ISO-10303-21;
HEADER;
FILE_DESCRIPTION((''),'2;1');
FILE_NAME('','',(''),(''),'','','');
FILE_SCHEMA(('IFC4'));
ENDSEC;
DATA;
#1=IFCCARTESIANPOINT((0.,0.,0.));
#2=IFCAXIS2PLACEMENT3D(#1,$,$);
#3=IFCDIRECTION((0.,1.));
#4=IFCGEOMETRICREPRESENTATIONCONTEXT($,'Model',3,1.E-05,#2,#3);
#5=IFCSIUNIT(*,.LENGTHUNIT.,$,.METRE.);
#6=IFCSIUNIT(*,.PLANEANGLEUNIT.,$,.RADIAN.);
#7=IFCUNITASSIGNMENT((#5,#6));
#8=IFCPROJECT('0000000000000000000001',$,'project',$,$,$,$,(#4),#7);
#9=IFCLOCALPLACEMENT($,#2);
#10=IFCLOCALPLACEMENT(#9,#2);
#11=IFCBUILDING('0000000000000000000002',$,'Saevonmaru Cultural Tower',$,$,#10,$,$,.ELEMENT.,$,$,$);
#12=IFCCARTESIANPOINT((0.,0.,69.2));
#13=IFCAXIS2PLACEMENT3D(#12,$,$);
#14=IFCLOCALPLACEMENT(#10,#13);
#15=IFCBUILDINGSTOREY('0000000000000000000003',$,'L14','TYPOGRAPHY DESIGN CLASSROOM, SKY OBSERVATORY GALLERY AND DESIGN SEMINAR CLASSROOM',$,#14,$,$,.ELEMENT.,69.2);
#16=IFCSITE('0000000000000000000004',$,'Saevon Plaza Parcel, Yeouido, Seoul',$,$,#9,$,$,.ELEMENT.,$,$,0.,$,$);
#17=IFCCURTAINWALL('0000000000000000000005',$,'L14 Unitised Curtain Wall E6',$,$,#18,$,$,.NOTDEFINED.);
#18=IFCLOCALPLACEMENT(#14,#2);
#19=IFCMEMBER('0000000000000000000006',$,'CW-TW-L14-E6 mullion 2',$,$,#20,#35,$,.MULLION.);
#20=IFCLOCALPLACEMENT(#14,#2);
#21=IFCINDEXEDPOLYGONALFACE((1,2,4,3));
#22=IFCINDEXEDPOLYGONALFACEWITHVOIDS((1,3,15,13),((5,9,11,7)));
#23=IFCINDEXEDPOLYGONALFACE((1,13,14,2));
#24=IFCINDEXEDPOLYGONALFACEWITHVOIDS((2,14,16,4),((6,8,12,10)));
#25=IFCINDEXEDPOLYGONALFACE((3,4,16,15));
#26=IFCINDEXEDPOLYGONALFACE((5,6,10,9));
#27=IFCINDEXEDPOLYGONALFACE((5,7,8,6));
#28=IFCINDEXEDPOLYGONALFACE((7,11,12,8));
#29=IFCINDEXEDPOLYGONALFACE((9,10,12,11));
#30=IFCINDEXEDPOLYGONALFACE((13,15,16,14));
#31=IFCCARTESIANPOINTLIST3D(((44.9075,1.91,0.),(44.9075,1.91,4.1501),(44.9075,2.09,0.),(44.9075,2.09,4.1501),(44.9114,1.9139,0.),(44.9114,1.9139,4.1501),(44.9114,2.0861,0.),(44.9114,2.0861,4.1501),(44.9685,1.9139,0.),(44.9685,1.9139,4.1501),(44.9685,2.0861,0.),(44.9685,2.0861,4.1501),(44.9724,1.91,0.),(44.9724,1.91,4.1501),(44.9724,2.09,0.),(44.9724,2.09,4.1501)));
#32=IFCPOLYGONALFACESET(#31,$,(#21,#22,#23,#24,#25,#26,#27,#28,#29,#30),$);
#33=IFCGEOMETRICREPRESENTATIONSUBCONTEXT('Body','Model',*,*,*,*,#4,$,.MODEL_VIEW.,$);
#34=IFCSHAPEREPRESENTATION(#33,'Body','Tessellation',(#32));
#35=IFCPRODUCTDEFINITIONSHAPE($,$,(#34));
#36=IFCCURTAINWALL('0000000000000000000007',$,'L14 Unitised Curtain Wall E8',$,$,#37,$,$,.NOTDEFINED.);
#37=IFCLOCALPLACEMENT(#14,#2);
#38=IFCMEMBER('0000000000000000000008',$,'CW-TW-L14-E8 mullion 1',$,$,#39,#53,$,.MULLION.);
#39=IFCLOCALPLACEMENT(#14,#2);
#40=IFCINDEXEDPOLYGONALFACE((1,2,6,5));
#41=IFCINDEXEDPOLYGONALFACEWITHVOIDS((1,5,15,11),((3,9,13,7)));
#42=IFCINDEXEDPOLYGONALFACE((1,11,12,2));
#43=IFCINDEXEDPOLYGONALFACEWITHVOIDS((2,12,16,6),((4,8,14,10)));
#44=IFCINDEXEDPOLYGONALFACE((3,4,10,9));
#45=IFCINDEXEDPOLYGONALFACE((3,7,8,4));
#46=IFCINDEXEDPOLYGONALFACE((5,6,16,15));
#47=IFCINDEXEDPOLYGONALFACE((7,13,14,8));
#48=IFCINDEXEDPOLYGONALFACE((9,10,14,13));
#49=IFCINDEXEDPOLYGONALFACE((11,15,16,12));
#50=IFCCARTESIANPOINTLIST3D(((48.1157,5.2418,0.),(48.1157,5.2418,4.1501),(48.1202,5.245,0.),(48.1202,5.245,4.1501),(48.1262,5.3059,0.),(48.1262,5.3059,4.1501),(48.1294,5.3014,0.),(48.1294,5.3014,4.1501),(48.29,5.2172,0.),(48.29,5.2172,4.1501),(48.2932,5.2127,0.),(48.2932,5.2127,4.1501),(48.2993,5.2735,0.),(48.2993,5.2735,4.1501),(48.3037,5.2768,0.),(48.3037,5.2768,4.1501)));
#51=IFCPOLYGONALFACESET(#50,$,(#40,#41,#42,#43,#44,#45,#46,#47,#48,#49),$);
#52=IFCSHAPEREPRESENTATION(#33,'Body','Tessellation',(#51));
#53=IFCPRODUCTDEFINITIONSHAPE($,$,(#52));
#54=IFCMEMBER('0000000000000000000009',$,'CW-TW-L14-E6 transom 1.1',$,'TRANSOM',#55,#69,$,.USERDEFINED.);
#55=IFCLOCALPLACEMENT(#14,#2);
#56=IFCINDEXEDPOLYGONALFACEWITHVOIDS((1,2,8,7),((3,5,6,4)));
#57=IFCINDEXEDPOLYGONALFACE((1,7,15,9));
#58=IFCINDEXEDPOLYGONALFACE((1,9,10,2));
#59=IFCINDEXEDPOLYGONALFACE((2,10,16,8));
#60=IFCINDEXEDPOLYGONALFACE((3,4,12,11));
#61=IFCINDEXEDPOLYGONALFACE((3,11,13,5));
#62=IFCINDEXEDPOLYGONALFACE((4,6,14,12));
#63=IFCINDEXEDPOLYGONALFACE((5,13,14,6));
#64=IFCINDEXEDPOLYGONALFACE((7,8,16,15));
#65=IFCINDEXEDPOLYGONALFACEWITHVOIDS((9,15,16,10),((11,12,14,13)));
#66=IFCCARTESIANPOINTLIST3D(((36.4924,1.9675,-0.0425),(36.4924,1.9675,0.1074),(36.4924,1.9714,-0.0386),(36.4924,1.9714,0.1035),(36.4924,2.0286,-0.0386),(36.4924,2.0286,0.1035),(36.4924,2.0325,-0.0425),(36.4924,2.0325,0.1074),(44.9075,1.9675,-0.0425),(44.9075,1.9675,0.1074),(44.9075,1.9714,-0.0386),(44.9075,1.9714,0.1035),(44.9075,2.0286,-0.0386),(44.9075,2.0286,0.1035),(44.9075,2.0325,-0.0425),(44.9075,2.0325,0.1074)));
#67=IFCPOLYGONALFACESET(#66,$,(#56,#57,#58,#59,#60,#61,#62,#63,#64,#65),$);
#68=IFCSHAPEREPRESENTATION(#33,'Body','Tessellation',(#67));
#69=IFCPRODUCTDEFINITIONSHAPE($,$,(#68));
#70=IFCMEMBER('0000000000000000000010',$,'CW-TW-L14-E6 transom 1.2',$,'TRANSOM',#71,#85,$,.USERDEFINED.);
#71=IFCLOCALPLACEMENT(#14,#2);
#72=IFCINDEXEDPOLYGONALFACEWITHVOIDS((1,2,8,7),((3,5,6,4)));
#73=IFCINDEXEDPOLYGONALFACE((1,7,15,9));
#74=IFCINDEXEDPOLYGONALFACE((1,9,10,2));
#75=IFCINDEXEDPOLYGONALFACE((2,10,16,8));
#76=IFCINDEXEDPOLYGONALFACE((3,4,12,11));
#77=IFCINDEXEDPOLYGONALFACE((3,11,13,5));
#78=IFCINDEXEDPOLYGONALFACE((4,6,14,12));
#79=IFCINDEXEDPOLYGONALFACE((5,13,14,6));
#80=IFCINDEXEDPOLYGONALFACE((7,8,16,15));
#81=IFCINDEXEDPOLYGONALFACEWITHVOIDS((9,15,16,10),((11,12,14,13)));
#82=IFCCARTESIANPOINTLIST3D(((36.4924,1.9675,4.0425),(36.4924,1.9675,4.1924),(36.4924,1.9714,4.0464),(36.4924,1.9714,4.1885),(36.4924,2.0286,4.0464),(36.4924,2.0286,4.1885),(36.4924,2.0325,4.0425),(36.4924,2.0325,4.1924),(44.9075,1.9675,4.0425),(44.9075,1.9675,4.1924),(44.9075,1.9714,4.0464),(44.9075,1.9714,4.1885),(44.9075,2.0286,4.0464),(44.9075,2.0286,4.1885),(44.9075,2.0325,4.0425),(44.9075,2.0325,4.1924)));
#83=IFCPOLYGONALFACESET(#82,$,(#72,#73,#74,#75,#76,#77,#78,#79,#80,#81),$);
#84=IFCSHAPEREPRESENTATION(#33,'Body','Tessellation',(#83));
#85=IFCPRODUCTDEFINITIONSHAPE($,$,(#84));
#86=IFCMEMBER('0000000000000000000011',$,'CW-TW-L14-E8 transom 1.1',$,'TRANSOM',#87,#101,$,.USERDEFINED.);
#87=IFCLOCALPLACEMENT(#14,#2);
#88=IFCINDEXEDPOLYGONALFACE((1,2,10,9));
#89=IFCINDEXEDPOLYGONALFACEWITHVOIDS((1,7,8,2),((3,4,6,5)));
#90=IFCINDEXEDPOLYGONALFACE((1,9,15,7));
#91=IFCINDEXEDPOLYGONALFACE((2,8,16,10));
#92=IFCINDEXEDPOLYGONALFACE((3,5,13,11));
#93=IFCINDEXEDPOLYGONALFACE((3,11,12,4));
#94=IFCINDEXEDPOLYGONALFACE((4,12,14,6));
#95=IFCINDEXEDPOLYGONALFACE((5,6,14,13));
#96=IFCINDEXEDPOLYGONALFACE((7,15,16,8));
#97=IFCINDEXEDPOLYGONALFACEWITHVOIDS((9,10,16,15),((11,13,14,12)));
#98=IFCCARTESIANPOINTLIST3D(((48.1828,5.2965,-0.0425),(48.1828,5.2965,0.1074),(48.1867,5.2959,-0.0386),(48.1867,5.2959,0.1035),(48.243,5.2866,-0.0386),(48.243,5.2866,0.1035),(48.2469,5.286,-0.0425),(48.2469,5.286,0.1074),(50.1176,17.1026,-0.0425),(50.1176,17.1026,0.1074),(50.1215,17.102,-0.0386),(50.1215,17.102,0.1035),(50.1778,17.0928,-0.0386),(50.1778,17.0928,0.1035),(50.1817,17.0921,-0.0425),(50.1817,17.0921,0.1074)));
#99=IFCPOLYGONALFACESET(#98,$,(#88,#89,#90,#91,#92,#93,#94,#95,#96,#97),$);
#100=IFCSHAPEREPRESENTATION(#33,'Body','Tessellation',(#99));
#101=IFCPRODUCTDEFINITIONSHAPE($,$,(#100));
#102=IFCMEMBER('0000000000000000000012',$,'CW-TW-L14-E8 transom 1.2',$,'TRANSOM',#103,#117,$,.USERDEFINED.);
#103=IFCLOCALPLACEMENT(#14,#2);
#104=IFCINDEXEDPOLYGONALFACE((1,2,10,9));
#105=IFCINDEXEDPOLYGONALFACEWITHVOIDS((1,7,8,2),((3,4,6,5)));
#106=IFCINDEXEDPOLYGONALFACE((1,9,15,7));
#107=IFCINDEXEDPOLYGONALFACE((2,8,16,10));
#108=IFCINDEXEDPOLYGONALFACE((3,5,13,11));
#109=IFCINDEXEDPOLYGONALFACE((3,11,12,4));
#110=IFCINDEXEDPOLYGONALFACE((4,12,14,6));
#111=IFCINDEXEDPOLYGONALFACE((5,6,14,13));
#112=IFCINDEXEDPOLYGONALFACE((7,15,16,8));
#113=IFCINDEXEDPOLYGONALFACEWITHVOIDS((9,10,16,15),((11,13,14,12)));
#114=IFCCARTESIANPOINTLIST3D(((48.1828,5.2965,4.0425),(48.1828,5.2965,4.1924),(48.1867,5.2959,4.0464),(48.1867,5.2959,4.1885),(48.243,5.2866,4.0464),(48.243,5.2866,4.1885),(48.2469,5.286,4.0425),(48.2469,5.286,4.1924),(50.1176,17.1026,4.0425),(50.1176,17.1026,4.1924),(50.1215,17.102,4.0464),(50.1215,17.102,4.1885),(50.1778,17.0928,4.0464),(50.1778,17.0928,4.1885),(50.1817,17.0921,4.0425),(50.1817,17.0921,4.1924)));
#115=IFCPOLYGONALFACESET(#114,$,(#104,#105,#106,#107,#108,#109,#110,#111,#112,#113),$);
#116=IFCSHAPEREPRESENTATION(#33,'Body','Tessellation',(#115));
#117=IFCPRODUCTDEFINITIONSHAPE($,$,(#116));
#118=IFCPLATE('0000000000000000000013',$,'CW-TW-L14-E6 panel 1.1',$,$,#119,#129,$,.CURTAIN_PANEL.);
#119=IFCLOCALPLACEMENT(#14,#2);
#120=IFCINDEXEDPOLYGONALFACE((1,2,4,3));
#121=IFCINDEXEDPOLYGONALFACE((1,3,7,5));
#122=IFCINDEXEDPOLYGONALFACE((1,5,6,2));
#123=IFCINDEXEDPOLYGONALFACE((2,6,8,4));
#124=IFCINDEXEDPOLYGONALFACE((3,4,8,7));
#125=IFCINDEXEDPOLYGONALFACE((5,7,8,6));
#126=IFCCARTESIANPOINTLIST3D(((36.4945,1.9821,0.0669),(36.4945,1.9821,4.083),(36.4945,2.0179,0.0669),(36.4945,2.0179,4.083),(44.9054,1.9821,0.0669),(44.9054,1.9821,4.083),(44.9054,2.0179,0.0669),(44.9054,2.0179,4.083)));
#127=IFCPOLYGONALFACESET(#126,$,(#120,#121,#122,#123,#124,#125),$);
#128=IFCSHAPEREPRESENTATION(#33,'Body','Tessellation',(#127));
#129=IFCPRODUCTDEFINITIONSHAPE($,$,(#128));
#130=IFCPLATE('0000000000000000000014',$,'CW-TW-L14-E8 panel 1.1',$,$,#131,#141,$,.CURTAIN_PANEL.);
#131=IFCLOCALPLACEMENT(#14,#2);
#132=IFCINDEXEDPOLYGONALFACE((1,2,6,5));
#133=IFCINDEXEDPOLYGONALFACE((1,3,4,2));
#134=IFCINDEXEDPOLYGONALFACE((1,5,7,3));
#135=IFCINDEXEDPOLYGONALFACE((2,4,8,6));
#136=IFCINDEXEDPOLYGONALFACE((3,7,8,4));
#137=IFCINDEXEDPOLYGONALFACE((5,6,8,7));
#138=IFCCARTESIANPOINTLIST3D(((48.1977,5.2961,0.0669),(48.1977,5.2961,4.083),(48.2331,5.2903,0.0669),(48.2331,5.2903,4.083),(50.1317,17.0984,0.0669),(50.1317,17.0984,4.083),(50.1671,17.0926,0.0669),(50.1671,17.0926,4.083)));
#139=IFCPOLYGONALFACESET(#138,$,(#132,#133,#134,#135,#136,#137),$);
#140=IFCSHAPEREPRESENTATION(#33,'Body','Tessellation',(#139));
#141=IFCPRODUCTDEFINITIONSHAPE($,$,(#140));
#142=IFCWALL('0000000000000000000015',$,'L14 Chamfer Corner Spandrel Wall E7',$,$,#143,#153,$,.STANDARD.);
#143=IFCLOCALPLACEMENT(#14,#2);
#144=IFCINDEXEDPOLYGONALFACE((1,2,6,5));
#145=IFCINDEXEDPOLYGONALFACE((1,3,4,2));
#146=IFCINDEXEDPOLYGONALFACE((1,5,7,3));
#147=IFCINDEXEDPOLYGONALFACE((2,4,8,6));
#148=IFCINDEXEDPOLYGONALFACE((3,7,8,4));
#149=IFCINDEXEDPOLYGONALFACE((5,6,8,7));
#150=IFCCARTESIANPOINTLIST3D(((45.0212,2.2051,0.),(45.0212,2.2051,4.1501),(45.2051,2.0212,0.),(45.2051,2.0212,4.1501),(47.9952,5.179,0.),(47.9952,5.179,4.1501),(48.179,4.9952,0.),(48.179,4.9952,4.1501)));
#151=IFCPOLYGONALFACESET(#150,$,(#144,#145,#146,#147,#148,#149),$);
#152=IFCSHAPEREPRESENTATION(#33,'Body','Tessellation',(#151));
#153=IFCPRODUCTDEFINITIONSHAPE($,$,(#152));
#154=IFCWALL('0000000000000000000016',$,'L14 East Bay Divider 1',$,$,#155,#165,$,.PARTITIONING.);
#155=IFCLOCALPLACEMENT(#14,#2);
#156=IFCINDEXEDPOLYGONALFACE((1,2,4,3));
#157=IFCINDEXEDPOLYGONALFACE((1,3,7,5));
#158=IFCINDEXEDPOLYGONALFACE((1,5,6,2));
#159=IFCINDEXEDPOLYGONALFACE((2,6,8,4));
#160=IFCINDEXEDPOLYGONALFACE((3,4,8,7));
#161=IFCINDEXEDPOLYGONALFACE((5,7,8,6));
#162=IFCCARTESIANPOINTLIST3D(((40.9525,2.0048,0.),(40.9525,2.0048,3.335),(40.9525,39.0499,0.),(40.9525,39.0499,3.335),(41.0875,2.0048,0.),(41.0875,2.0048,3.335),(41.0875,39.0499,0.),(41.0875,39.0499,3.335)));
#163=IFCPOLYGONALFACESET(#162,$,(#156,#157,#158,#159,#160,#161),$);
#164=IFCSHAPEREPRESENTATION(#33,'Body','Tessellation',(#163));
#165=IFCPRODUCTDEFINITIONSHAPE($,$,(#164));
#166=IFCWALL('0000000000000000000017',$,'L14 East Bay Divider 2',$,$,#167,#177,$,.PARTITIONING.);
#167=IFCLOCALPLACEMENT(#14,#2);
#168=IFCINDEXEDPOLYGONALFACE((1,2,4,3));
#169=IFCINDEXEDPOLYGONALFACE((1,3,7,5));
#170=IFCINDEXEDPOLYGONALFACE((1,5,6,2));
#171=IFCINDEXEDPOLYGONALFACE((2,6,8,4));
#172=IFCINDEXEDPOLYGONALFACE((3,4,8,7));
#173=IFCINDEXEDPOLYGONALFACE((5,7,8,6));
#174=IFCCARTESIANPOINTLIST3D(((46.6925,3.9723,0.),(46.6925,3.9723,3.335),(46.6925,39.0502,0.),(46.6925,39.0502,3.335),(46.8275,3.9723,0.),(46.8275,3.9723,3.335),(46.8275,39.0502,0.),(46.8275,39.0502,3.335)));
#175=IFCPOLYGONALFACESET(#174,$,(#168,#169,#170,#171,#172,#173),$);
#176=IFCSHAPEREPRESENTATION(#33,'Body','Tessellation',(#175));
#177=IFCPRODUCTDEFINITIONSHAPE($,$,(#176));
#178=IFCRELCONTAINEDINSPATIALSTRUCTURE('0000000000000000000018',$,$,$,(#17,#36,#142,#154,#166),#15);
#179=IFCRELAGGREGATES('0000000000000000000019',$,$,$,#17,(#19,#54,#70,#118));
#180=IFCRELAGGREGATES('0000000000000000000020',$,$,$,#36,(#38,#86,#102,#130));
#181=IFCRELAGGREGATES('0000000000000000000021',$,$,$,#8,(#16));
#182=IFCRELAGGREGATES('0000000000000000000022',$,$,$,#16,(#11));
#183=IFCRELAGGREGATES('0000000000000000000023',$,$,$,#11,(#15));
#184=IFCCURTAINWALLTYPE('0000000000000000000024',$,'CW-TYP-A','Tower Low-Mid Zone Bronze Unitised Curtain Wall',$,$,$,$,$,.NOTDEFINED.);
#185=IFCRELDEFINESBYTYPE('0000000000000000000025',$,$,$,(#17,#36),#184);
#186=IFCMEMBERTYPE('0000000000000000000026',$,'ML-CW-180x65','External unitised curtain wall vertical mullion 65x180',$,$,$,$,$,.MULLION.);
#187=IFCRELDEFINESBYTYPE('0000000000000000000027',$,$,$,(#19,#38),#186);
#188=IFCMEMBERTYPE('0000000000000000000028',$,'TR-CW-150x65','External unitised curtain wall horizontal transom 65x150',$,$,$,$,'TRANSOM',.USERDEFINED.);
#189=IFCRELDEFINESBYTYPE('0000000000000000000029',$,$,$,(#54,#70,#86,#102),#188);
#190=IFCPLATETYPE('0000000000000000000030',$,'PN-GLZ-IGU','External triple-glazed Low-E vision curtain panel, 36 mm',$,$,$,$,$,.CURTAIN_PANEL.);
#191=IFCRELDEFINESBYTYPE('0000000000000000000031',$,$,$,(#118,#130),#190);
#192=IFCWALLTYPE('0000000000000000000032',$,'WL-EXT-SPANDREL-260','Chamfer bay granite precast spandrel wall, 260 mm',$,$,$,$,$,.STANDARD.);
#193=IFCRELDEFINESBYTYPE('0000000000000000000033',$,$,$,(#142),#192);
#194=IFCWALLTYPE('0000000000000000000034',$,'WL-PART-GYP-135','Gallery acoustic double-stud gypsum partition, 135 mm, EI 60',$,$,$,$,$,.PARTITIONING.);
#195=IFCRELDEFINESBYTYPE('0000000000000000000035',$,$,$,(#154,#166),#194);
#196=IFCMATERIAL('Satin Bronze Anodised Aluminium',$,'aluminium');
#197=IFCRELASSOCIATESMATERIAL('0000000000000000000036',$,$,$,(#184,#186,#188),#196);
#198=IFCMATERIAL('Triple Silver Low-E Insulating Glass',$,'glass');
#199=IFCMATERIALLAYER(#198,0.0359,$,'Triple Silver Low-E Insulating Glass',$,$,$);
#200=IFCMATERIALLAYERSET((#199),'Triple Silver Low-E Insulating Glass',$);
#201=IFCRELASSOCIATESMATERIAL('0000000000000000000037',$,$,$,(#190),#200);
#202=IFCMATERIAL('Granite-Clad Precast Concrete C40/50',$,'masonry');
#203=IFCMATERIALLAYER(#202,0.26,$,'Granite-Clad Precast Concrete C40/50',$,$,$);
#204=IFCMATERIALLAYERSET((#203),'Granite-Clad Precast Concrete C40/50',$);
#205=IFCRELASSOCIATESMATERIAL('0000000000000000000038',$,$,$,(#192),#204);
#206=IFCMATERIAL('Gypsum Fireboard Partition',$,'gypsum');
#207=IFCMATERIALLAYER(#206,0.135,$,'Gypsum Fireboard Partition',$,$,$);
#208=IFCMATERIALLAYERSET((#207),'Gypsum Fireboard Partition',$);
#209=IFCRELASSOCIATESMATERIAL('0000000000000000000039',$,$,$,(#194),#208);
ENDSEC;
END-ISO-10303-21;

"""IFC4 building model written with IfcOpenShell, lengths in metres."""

from ifc_helpers import new_model, si_unit, direction, frame, frame_2d, origin, origin_2d, place, context, subcontext, project, spatial, rectangle, hollow_rectangle, extrude, material, layer, layer_set, material_profile, profile_set, type_object, element, aggregate, save


model = new_model("IFC4")

# Units and contexts
model_context = context("Model", 3, precision=1e-05, world=origin(), true_north=direction((0.0, 1.0)))
body_context = subcontext(model_context, "Body", "Model", "MODEL_VIEW")
ifc_project = project(units=[si_unit("LENGTHUNIT", "METRE"), si_unit("PLANEANGLEUNIT", "RADIAN")], contexts=[model_context])

# Site, building, storey
site_placement = place(None, origin())
site = spatial("IfcSite", under=ifc_project, at=site_placement, Name="Saevon Plaza Parcel, Yeouido, Seoul", CompositionType="ELEMENT", RefElevation=0.0)
building_placement = place(site_placement, origin())
building = spatial("IfcBuilding", under=site, at=building_placement, Name="Saevonmaru Cultural Tower", CompositionType="ELEMENT")
storey_placement = place(building_placement, frame((0.0, 0.0, 69.2)))
storey = spatial("IfcBuildingStorey", under=building, at=storey_placement, Name="L14", Description="TYPOGRAPHY DESIGN CLASSROOM, SKY OBSERVATORY GALLERY AND DESIGN SEMINAR CLASSROOM", CompositionType="ELEMENT", Elevation=69.2)

# Curtain walls, members
ifc_material_1 = material(Name="Satin Bronze Anodised Aluminium", Category="aluminium")
curtain_wall_type = type_object("IfcCurtainWallType", Name="CW-TYP-A", Description="Tower Low-Mid Zone Bronze Unitised Curtain Wall", PredefinedType="NOTDEFINED", material=ifc_material_1)
curtain_wall_1_placement = place(storey_placement, origin())
curtain_wall_1 = element("IfcCurtainWall", 1, at=curtain_wall_1_placement, inside=storey, type_object=curtain_wall_type, Name="L14 Unitised Curtain Wall E6", PredefinedType="NOTDEFINED")
ifc_material_profile_1 = material_profile(ifc_material_1, hollow_rectangle(XDim=0.0649, YDim=0.1799, WallThickness=0.0039, at=origin_2d()), Name="ALU-MULL-180x65x4")
ifc_profile_set_1 = profile_set([ifc_material_profile_1], Name="Satin Bronze Anodised Aluminium")
member_type_1 = type_object("IfcMemberType", Name="ML-CW-180x65", Description="External unitised curtain wall vertical mullion 65x180", PredefinedType="MULLION", material=ifc_profile_set_1)
member_1_placement = place(storey_placement, frame((44.9399, 2.0, 0.0), z_axis=(0.0, 0.0, 1.0), x_axis=(1.0, 0.0, 0.0)))
member_1 = element("IfcMember", 2, at=member_1_placement, type_object=member_type_1, Name="CW-TW-L14-E6 mullion 2", PredefinedType="MULLION", context=body_context, shape_type="SweptSolid", body=[
    extrude(hollow_rectangle(XDim=0.0649, YDim=0.1799, WallThickness=0.0039, at=origin_2d()), origin(), (0.0, 0.0, 1.0), 4.1501),
])
curtain_wall_2_placement = place(storey_placement, origin())
curtain_wall_2 = element("IfcCurtainWall", 3, at=curtain_wall_2_placement, inside=storey, type_object=curtain_wall_type, Name="L14 Unitised Curtain Wall E8", PredefinedType="NOTDEFINED")
member_2_placement = place(storey_placement, frame((48.2097, 5.2593, 0.0), z_axis=(0.0, 0.0, 1.0), x_axis=(0.161709, 0.986839, 0.0)))
member_2 = element("IfcMember", 4, at=member_2_placement, type_object=member_type_1, Name="CW-TW-L14-E8 mullion 1", PredefinedType="MULLION", context=body_context, shape_type="SweptSolid", body=[
    extrude(hollow_rectangle(XDim=0.0649, YDim=0.1799, WallThickness=0.0039, at=origin_2d()), origin(), (0.0, 0.0, 1.0), 4.1501),
])

# Members
ifc_material_profile_2 = material_profile(ifc_material_1, hollow_rectangle(XDim=0.0649, YDim=0.1499, WallThickness=0.0039, at=origin_2d()), Name="ALU-TRAN-150x65x4")
ifc_profile_set_2 = profile_set([ifc_material_profile_2], Name="Satin Bronze Anodised Aluminium")
member_type_2 = type_object("IfcMemberType", Name="TR-CW-150x65", Description="External unitised curtain wall horizontal transom 65x150", ElementType="TRANSOM", PredefinedType="USERDEFINED", material=ifc_profile_set_2)
member_3_placement = place(storey_placement, frame((36.4924, 2.0, 0.0325), z_axis=(1.0, 0.0, 0.0), x_axis=(0.0, 1.0, 0.0)))
member_3 = element("IfcMember", 5, at=member_3_placement, type_object=member_type_2, Name="CW-TW-L14-E6 transom 1.1", ObjectType="TRANSOM", PredefinedType="USERDEFINED", context=body_context, shape_type="SweptSolid", body=[
    extrude(hollow_rectangle(XDim=0.0649, YDim=0.1499, WallThickness=0.0039, at=origin_2d()), origin(), (0.0, 0.0, 1.0), 8.415),
])
member_4_placement = place(storey_placement, frame((36.4924, 2.0, 4.1174), z_axis=(1.0, 0.0, 0.0), x_axis=(0.0, 1.0, 0.0)))
member_4 = element("IfcMember", 6, at=member_4_placement, type_object=member_type_2, Name="CW-TW-L14-E6 transom 1.2", ObjectType="TRANSOM", PredefinedType="USERDEFINED", context=body_context, shape_type="SweptSolid", body=[
    extrude(hollow_rectangle(XDim=0.0649, YDim=0.1499, WallThickness=0.0039, at=origin_2d()), origin(), (0.0, 0.0, 1.0), 8.415),
])
member_5_placement = place(storey_placement, frame((48.2148, 5.2913, 0.0325), z_axis=(0.161725, 0.986836, 0.0), x_axis=(-0.986836, 0.161725, 0.0)))
member_5 = element("IfcMember", 7, at=member_5_placement, type_object=member_type_2, Name="CW-TW-L14-E8 transom 1.1", ObjectType="TRANSOM", PredefinedType="USERDEFINED", context=body_context, shape_type="SweptSolid", body=[
    extrude(hollow_rectangle(XDim=0.0649, YDim=0.1499, WallThickness=0.0039, at=origin_2d()), origin(), (0.0, 0.0, 1.0), 11.9636),
])
member_6_placement = place(storey_placement, frame((48.2148, 5.2913, 4.1174), z_axis=(0.161725, 0.986836, 0.0), x_axis=(-0.986836, 0.161725, 0.0)))
member_6 = element("IfcMember", 8, at=member_6_placement, type_object=member_type_2, Name="CW-TW-L14-E8 transom 1.2", ObjectType="TRANSOM", PredefinedType="USERDEFINED", context=body_context, shape_type="SweptSolid", body=[
    extrude(hollow_rectangle(XDim=0.0649, YDim=0.1499, WallThickness=0.0039, at=origin_2d()), origin(), (0.0, 0.0, 1.0), 11.9636),
])

# Plates
ifc_material_2 = material(Name="Triple Silver Low-E Insulating Glass", Category="glass")
ifc_layer_1 = layer(ifc_material_2, 0.0359, Name="Triple Silver Low-E Insulating Glass")
ifc_layer_set_1 = layer_set([ifc_layer_1], Name="Triple Silver Low-E Insulating Glass")
plate_type = type_object("IfcPlateType", Name="PN-GLZ-IGU", Description="External triple-glazed Low-E vision curtain panel, 36 mm", PredefinedType="CURTAIN_PANEL", material=ifc_layer_set_1)
plate_1_placement = place(storey_placement, frame((40.7, 2.0, 0.0669), z_axis=(0.0, 0.0, 1.0), x_axis=(1.0, 0.0, 0.0)))
plate_1 = element("IfcPlate", 9, at=plate_1_placement, type_object=plate_type, Name="CW-TW-L14-E6 panel 1.1", PredefinedType="CURTAIN_PANEL", context=body_context, shape_type="SweptSolid", body=[
    extrude(rectangle(XDim=8.4109, YDim=0.0359, at=origin_2d()), origin(), (0.0, 0.0, 1.0), 4.0161),
])
aggregate(curtain_wall_1, [member_1, member_3, member_4, plate_1])
plate_2_placement = place(storey_placement, frame((49.1824, 11.1943, 0.0669), z_axis=(0.0, 0.0, 1.0), x_axis=(0.161709, 0.986839, 0.0)))
plate_2 = element("IfcPlate", 10, at=plate_2_placement, type_object=plate_type, Name="CW-TW-L14-E8 panel 1.1", PredefinedType="CURTAIN_PANEL", context=body_context, shape_type="SweptSolid", body=[
    extrude(rectangle(XDim=11.9597, YDim=0.0359, at=origin_2d()), origin(), (0.0, 0.0, 1.0), 4.0161),
])
aggregate(curtain_wall_2, [member_2, member_5, member_6, plate_2])

# Walls
ifc_material_3 = material(Name="Granite-Clad Precast Concrete C40/50", Category="masonry")
ifc_layer_2 = layer(ifc_material_3, 0.26, Name="Granite-Clad Precast Concrete C40/50")
ifc_layer_set_2 = layer_set([ifc_layer_2], Name="Granite-Clad Precast Concrete C40/50")
wall_type_1 = type_object("IfcWallType", Name="WL-EXT-SPANDREL-260", Description="Chamfer bay granite precast spandrel wall, 260 mm", PredefinedType="STANDARD", material=ifc_layer_set_2)
wall_1_placement = place(storey_placement, frame((45.113, 2.113, 0.0), z_axis=(0.0, 0.0, 1.0), x_axis=(0.707107, 0.707107, 0.0)))
element("IfcWall", 11, at=wall_1_placement, inside=storey, type_object=wall_type_1, Name="L14 Chamfer Corner Spandrel Wall E7", PredefinedType="STANDARD", context=body_context, shape_type="SweptSolid", body=[
    extrude(rectangle(XDim=4.2058, YDim=0.26, at=frame_2d((2.103, 0.0))), origin(), (0.0, 0.0, 1.0), 4.1501),
])
ifc_material_4 = material(Name="Gypsum Fireboard Partition", Category="gypsum")
ifc_layer_3 = layer(ifc_material_4, 0.135, Name="Gypsum Fireboard Partition")
ifc_layer_set_3 = layer_set([ifc_layer_3], Name="Gypsum Fireboard Partition")
wall_type_2 = type_object("IfcWallType", Name="WL-PART-GYP-135", Description="Gallery acoustic double-stud gypsum partition, 135 mm, EI 60", PredefinedType="PARTITIONING", material=ifc_layer_set_3)
wall_2_placement = place(storey_placement, frame((41.02, 2.0049, 0.0), z_axis=(0.0, 0.0, 1.0), x_axis=(0.0, 1.0, 0.0)))
element("IfcWall", 12, at=wall_2_placement, inside=storey, type_object=wall_type_2, Name="L14 East Bay Divider 1", PredefinedType="PARTITIONING", context=body_context, shape_type="SweptSolid", body=[
    extrude(rectangle(XDim=37.0452, YDim=0.135, at=frame_2d((18.5225, 0.0))), origin(), (0.0, 0.0, 1.0), 3.335),
])
wall_3_placement = place(storey_placement, frame((46.76, 3.9722, 0.0), z_axis=(0.0, 0.0, 1.0), x_axis=(0.0, 1.0, 0.0)))
element("IfcWall", 13, at=wall_3_placement, inside=storey, type_object=wall_type_2, Name="L14 East Bay Divider 2", PredefinedType="PARTITIONING", context=body_context, shape_type="SweptSolid", body=[
    extrude(rectangle(XDim=35.0779, YDim=0.135, at=frame_2d((17.5391, 0.0))), origin(), (0.0, 0.0, 1.0), 3.335),
])

save(model, "model.ifc")
